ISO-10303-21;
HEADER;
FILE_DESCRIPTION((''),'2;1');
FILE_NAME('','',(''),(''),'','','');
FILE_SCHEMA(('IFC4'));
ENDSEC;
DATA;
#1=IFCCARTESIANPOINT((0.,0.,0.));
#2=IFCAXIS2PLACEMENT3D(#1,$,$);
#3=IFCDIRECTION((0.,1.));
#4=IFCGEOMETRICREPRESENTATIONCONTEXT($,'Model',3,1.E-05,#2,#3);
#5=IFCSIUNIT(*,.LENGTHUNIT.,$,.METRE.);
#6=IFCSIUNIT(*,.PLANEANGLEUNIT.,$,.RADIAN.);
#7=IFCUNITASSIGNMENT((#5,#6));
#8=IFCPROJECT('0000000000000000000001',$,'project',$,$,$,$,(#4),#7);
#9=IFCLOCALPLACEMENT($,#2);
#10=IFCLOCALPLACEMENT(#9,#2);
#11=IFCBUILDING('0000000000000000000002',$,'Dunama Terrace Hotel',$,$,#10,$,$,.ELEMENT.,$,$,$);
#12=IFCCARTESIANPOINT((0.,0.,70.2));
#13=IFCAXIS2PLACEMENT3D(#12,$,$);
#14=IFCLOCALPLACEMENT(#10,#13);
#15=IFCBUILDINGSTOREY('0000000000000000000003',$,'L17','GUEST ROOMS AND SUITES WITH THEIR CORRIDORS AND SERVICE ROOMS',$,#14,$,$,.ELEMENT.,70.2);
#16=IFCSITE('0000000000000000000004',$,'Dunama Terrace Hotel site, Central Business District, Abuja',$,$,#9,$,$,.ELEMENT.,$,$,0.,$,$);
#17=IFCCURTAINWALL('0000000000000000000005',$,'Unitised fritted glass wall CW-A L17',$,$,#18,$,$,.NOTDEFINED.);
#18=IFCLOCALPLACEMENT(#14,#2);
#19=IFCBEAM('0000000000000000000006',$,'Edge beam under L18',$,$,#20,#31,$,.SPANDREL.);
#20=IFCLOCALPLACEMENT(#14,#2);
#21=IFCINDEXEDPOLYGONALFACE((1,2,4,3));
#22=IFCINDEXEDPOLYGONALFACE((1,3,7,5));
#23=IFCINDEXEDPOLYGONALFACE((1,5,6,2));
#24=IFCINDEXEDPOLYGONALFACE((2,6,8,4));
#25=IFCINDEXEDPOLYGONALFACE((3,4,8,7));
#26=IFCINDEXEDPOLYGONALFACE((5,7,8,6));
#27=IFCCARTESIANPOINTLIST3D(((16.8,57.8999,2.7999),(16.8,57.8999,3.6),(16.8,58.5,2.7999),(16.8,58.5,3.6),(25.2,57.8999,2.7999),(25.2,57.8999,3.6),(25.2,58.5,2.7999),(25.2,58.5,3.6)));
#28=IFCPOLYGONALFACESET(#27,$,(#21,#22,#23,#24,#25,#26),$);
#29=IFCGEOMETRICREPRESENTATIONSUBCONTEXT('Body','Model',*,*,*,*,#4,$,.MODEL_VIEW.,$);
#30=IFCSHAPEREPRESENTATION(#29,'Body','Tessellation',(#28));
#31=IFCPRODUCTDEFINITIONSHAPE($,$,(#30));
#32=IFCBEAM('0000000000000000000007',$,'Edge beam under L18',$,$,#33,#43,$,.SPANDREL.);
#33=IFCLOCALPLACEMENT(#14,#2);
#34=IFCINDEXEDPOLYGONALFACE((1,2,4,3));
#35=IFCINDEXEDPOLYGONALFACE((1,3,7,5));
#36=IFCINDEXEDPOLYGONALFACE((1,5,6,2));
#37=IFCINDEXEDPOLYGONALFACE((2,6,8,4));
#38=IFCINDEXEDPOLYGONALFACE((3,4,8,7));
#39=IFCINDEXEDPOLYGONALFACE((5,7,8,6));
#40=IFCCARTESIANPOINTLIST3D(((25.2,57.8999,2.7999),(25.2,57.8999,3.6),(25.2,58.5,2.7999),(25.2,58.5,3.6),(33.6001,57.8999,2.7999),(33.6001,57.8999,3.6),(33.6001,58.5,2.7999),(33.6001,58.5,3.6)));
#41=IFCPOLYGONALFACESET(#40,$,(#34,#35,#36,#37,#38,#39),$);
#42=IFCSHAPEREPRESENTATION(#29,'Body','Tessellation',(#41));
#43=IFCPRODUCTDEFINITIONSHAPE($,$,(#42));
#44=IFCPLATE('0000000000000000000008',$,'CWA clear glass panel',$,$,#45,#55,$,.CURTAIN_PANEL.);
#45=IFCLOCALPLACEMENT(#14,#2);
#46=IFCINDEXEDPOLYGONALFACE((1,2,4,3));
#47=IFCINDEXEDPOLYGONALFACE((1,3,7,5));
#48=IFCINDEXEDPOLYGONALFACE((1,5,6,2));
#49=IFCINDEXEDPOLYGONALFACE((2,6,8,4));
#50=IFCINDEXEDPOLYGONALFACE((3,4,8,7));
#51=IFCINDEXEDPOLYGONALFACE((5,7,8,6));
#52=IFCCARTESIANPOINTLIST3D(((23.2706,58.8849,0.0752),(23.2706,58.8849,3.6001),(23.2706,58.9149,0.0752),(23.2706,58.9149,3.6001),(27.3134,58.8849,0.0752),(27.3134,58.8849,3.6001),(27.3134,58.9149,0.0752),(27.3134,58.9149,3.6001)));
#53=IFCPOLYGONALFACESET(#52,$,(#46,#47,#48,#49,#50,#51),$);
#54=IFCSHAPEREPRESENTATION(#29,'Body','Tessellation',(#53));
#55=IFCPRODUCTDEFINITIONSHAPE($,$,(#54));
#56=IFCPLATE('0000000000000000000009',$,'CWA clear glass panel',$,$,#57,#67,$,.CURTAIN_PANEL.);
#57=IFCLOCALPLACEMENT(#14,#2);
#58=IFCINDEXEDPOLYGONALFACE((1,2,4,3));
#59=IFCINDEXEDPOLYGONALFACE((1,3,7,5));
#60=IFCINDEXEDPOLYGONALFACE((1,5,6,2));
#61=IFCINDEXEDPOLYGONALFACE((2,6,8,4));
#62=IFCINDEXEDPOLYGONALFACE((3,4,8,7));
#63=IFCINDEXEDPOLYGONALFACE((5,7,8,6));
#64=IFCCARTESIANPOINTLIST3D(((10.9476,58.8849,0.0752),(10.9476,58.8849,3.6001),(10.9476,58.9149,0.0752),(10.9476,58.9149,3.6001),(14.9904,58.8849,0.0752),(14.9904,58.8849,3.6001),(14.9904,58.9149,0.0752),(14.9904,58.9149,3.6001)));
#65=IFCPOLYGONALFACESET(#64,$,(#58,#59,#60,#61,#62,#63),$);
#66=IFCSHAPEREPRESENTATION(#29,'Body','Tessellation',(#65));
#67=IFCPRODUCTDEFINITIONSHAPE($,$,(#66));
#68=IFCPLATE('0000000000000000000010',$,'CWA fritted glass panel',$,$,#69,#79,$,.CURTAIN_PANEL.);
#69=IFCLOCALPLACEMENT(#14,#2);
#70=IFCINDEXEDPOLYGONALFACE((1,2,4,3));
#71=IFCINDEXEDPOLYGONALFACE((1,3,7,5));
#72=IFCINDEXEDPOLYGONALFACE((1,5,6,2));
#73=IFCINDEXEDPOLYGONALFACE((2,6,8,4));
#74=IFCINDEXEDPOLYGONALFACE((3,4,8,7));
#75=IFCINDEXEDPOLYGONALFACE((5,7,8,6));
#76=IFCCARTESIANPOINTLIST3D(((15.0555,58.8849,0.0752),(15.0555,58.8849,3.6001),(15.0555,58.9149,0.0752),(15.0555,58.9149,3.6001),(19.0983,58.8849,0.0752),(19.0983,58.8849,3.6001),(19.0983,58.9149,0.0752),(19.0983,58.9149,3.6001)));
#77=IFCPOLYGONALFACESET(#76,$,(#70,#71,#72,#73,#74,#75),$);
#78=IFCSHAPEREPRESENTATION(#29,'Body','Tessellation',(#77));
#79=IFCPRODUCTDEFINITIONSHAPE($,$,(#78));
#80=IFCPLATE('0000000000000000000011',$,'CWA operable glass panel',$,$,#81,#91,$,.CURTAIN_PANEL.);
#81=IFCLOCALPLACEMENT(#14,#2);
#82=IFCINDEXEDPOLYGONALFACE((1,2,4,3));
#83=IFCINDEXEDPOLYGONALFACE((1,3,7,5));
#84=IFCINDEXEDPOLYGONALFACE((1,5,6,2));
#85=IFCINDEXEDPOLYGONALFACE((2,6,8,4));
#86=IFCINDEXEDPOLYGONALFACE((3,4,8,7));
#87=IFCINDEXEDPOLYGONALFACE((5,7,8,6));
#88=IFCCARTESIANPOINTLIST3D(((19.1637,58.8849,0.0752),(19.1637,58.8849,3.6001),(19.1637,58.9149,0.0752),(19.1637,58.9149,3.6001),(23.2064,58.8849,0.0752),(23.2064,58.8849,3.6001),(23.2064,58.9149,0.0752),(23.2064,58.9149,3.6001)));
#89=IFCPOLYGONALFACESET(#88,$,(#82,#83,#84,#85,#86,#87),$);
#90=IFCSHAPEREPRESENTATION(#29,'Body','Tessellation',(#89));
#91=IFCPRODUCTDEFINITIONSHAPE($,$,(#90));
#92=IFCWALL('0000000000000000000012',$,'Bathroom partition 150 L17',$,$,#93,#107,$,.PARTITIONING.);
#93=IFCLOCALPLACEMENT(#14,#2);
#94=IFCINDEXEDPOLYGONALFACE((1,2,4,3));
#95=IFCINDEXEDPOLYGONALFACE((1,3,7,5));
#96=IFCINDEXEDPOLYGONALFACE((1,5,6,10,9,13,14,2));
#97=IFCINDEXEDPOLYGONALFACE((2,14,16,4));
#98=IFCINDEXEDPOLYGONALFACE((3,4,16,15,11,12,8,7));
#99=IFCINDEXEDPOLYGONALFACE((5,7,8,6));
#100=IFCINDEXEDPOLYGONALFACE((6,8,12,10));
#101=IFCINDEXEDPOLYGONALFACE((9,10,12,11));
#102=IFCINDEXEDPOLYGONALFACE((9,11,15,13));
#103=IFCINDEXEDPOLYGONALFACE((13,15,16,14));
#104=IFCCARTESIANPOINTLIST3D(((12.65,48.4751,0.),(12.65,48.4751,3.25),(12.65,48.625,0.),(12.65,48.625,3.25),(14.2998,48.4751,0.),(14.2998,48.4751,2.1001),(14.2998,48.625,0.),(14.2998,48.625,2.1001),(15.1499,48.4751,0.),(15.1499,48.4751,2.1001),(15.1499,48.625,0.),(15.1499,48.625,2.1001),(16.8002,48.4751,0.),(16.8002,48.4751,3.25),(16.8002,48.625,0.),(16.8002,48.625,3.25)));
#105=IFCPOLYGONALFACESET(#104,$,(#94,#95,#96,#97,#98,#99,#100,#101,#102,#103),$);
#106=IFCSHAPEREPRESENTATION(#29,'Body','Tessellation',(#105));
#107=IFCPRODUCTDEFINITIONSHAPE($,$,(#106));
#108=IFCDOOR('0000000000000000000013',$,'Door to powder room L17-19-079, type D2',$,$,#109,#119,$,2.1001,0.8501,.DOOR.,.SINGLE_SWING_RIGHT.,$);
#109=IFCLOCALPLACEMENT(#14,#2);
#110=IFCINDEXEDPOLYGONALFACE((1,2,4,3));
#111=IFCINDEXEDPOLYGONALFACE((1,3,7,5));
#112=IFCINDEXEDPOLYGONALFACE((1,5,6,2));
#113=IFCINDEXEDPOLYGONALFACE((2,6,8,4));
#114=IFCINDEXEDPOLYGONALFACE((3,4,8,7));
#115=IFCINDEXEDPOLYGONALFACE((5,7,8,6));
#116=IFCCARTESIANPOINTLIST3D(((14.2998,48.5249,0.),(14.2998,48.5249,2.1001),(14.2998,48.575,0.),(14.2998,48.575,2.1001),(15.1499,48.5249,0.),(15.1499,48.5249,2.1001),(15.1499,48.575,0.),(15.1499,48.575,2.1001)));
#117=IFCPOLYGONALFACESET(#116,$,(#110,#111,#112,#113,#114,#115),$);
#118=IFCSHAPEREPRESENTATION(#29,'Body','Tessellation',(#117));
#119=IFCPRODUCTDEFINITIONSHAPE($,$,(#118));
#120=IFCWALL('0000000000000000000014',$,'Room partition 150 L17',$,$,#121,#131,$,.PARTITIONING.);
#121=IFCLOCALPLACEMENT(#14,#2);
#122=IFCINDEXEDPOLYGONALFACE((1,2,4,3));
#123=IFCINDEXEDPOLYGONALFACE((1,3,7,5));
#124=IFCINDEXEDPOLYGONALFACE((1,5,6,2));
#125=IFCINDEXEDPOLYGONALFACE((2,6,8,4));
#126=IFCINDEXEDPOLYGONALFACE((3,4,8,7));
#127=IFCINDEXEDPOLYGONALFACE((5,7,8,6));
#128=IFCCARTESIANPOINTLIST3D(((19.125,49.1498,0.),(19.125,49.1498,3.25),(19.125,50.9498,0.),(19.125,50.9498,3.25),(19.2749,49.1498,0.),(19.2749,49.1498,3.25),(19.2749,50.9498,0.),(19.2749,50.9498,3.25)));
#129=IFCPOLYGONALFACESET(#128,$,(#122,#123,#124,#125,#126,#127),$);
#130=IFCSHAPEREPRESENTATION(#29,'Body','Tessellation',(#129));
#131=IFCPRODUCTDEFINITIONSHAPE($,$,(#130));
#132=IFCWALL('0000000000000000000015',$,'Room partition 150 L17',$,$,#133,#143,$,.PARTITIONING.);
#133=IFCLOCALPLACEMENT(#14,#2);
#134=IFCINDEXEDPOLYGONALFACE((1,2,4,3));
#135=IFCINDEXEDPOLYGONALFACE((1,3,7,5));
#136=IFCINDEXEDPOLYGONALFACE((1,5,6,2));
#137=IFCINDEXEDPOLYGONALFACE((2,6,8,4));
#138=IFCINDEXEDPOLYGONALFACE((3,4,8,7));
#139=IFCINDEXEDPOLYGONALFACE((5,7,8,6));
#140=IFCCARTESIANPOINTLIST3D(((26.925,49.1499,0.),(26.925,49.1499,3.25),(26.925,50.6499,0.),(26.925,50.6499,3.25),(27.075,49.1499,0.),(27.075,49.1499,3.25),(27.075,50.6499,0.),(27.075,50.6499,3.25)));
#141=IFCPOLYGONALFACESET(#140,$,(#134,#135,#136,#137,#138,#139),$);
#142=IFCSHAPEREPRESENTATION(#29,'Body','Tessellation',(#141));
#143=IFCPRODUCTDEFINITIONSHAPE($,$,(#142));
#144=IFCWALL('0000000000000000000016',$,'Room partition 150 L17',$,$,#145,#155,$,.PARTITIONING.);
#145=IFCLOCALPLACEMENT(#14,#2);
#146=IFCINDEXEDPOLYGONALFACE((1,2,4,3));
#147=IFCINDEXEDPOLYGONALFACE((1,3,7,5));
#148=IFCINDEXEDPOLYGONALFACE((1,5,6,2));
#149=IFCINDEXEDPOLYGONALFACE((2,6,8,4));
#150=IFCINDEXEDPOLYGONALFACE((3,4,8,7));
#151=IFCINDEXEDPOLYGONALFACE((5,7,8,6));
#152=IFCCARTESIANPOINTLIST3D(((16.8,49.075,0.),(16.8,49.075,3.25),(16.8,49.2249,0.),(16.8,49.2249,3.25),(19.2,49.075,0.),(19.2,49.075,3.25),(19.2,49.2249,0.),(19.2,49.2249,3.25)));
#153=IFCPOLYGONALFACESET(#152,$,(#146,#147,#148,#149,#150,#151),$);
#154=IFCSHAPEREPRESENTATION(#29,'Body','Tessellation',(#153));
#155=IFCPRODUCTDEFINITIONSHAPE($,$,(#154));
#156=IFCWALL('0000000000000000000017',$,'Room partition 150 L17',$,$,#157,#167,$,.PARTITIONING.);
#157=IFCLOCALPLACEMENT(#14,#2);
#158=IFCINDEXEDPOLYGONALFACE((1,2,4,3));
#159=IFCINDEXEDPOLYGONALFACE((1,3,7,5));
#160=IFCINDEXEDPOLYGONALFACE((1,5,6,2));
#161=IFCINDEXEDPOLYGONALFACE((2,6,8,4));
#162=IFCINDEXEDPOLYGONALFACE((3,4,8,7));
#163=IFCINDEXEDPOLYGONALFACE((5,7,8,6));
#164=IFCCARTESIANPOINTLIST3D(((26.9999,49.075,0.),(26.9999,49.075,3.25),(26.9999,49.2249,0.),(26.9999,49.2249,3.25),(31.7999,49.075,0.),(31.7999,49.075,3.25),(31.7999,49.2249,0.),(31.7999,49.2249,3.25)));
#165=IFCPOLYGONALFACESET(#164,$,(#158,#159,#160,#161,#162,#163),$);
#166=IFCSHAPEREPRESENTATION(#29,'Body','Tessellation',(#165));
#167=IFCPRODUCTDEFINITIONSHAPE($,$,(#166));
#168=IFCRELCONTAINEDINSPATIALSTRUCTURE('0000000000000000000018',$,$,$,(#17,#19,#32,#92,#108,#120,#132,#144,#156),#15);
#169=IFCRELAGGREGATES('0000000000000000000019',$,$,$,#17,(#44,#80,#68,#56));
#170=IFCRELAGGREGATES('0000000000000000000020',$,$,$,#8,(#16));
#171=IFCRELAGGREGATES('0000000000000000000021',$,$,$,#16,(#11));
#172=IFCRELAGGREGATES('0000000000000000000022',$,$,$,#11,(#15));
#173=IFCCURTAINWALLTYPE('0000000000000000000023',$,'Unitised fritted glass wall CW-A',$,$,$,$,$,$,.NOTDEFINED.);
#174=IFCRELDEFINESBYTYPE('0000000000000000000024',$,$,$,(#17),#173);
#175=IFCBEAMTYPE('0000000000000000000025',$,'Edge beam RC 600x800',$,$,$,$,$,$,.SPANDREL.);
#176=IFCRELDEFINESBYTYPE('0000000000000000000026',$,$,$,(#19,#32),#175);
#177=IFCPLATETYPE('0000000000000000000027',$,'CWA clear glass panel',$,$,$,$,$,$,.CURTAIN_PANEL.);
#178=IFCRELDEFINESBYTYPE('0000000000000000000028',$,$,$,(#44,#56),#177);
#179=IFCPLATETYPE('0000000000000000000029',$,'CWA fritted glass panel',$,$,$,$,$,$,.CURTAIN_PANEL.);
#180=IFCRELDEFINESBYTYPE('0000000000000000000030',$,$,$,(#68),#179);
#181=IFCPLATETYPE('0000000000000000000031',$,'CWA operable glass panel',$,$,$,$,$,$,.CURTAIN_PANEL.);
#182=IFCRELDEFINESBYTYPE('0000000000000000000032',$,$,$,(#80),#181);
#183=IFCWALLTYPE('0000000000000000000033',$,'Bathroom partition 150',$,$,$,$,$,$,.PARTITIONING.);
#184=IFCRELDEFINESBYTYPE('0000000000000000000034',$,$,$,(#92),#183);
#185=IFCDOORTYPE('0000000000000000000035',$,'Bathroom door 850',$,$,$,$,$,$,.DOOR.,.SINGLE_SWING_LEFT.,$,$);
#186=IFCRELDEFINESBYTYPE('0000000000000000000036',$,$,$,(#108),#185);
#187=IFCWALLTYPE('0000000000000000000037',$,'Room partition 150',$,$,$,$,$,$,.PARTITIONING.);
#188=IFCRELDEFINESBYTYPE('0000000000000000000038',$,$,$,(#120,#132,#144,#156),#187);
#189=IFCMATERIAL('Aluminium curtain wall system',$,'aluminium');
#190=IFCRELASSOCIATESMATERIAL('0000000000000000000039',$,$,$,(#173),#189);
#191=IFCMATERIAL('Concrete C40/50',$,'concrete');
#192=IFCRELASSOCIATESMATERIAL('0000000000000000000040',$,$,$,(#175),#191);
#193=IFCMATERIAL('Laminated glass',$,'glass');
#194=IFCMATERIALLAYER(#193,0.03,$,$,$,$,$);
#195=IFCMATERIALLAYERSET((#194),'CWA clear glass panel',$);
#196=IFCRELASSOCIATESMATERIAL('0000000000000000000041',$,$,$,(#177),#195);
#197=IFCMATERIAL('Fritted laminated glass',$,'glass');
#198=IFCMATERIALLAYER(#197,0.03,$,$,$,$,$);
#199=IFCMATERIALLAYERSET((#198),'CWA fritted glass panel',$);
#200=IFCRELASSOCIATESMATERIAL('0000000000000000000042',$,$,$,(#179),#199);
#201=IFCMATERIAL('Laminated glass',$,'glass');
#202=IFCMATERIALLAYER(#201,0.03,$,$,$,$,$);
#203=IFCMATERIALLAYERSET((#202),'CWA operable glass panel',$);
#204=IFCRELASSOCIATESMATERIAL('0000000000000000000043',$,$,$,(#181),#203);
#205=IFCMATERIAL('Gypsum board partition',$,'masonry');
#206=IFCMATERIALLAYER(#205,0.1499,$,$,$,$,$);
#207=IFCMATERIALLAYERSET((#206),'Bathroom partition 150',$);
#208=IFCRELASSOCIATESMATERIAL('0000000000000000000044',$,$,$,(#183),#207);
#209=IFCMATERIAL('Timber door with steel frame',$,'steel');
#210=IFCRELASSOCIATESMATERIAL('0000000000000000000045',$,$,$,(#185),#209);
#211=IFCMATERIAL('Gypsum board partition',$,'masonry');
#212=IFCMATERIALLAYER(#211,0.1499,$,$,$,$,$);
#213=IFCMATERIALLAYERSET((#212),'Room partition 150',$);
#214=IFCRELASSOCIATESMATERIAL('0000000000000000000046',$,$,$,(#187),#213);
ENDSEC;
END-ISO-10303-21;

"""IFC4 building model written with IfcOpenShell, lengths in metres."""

from ifc_helpers import new_model, si_unit, direction, frame, frame_2d, origin, origin_2d, place, context, subcontext, project, spatial, rectangle, extrude, material, layer, layer_set, material_profile, profile_set, type_object, element, fill, aggregate, save


model = new_model("IFC4")

# Units and contexts
model_context = context("Model", 3, precision=1e-05, world=origin(), true_north=direction((0.0, 1.0)))
body_context = subcontext(model_context, "Body", "Model", "MODEL_VIEW")
ifc_project = project(units=[si_unit("LENGTHUNIT", "METRE"), si_unit("PLANEANGLEUNIT", "RADIAN")], contexts=[model_context])

# Site, building, storey
site_placement = place(None, origin())
site = spatial("IfcSite", under=ifc_project, at=site_placement, Name="Dunama Terrace Hotel site, Central Business District, Abuja", CompositionType="ELEMENT", RefElevation=0.0)
building_placement = place(site_placement, origin())
building = spatial("IfcBuilding", under=site, at=building_placement, Name="Dunama Terrace Hotel", CompositionType="ELEMENT")
storey_placement = place(building_placement, frame((0.0, 0.0, 70.2)))
storey = spatial("IfcBuildingStorey", under=building, at=storey_placement, Name="L17", Description="GUEST ROOMS AND SUITES WITH THEIR CORRIDORS AND SERVICE ROOMS", CompositionType="ELEMENT", Elevation=70.2)

# Curtain wall
ifc_material_1 = material(Name="Aluminium curtain wall system", Category="aluminium")
curtain_wall_type = type_object("IfcCurtainWallType", Name="Unitised fritted glass wall CW-A", PredefinedType="NOTDEFINED", material=ifc_material_1)
curtain_wall_placement = place(storey_placement, origin())
curtain_wall = element("IfcCurtainWall", 1, at=curtain_wall_placement, inside=storey, type_object=curtain_wall_type, Name="Unitised fritted glass wall CW-A L17", PredefinedType="NOTDEFINED")

# Beams
ifc_material_2 = material(Name="Concrete C40/50", Category="concrete")
ifc_material_profile_1 = material_profile(ifc_material_2, rectangle(XDim=0.6001, YDim=0.8, at=origin_2d()), Name="RC 600x800")
ifc_profile_set_1 = profile_set([ifc_material_profile_1], Name="Concrete C40/50")
beam_type = type_object("IfcBeamType", Name="Edge beam RC 600x800", PredefinedType="SPANDREL", material=ifc_profile_set_1)
beam_1_placement = place(storey_placement, frame((16.8, 58.2, 3.2), z_axis=(1.0, 0.0, 0.0), x_axis=(0.0, 1.0, 0.0)))
element("IfcBeam", 2, at=beam_1_placement, inside=storey, type_object=beam_type, Name="Edge beam under L18", PredefinedType="SPANDREL", context=body_context, shape_type="SweptSolid", body=[
    extrude(rectangle(XDim=0.6001, YDim=0.8, at=origin_2d()), origin(), (0.0, 0.0, 1.0), 8.3999),
])
beam_2_placement = place(storey_placement, frame((25.2, 58.2, 3.2), z_axis=(1.0, 0.0, 0.0), x_axis=(0.0, 1.0, 0.0)))
element("IfcBeam", 3, at=beam_2_placement, inside=storey, type_object=beam_type, Name="Edge beam under L18", PredefinedType="SPANDREL", context=body_context, shape_type="SweptSolid", body=[
    extrude(rectangle(XDim=0.6001, YDim=0.8, at=origin_2d()), origin(), (0.0, 0.0, 1.0), 8.4001),
])

# Plates
ifc_material_3 = material(Name="Laminated glass", Category="glass")
ifc_layer_1 = layer(ifc_material_3, 0.03)
ifc_layer_set_1 = layer_set([ifc_layer_1], Name="CWA clear glass panel")
plate_type_1 = type_object("IfcPlateType", Name="CWA clear glass panel", PredefinedType="CURTAIN_PANEL", material=ifc_layer_set_1)
plate_1_placement = place(storey_placement, frame((25.292, 58.8999, 0.0752), z_axis=(0.0, 0.0, 1.0), x_axis=(-1.0, 0.0, 0.0)))
plate_1 = element("IfcPlate", 4, at=plate_1_placement, type_object=plate_type_1, Name="CWA clear glass panel", PredefinedType="CURTAIN_PANEL", context=body_context, shape_type="SweptSolid", body=[
    extrude(rectangle(XDim=4.0427, YDim=0.03, at=origin_2d()), origin(), (0.0, 0.0, 1.0), 3.5249),
])
plate_2_placement = place(storey_placement, frame((12.969, 58.8999, 0.0752), z_axis=(0.0, 0.0, 1.0), x_axis=(-1.0, 0.0, 0.0)))
plate_2 = element("IfcPlate", 5, at=plate_2_placement, type_object=plate_type_1, Name="CWA clear glass panel", PredefinedType="CURTAIN_PANEL", context=body_context, shape_type="SweptSolid", body=[
    extrude(rectangle(XDim=4.0427, YDim=0.03, at=origin_2d()), origin(), (0.0, 0.0, 1.0), 3.5249),
])
ifc_material_4 = material(Name="Fritted laminated glass", Category="glass")
ifc_layer_2 = layer(ifc_material_4, 0.03)
ifc_layer_set_2 = layer_set([ifc_layer_2], Name="CWA fritted glass panel")
plate_type_2 = type_object("IfcPlateType", Name="CWA fritted glass panel", PredefinedType="CURTAIN_PANEL", material=ifc_layer_set_2)
plate_3_placement = place(storey_placement, frame((17.0769, 58.8999, 0.0752), z_axis=(0.0, 0.0, 1.0), x_axis=(-1.0, 0.0, 0.0)))
plate_3 = element("IfcPlate", 6, at=plate_3_placement, type_object=plate_type_2, Name="CWA fritted glass panel", PredefinedType="CURTAIN_PANEL", context=body_context, shape_type="SweptSolid", body=[
    extrude(rectangle(XDim=4.0427, YDim=0.03, at=origin_2d()), origin(), (0.0, 0.0, 1.0), 3.5249),
])
ifc_material_5 = material(Name="Laminated glass", Category="glass")
ifc_layer_3 = layer(ifc_material_5, 0.03)
ifc_layer_set_3 = layer_set([ifc_layer_3], Name="CWA operable glass panel")
plate_type_3 = type_object("IfcPlateType", Name="CWA operable glass panel", PredefinedType="CURTAIN_PANEL", material=ifc_layer_set_3)
plate_4_placement = place(storey_placement, frame((21.1851, 58.8999, 0.0752), z_axis=(0.0, 0.0, 1.0), x_axis=(-1.0, 0.0, 0.0)))
plate_4 = element("IfcPlate", 7, at=plate_4_placement, type_object=plate_type_3, Name="CWA operable glass panel", PredefinedType="CURTAIN_PANEL", context=body_context, shape_type="SweptSolid", body=[
    extrude(rectangle(XDim=4.0427, YDim=0.03, at=origin_2d()), origin(), (0.0, 0.0, 1.0), 3.5249),
])
aggregate(curtain_wall, [plate_1, plate_4, plate_3, plate_2])

# Wall, opening, door
ifc_material_6 = material(Name="Gypsum board partition", Category="masonry")
ifc_layer_4 = layer(ifc_material_6, 0.1499)
ifc_layer_set_4 = layer_set([ifc_layer_4], Name="Bathroom partition 150")
wall_type_1 = type_object("IfcWallType", Name="Bathroom partition 150", PredefinedType="PARTITIONING", material=ifc_layer_set_4)
wall_1_placement = place(storey_placement, frame((12.6499, 48.55, 0.0), z_axis=(0.0, 0.0, 1.0), x_axis=(1.0, 0.0, 0.0)))
wall_1 = element("IfcWall", 8, at=wall_1_placement, inside=storey, type_object=wall_type_1, Name="Bathroom partition 150 L17", PredefinedType="PARTITIONING", context=body_context, shape_type="SweptSolid", body=[
    extrude(rectangle(XDim=4.1501, YDim=0.1499, at=frame_2d((2.0752, 0.0))), origin(), (0.0, 0.0, 1.0), 3.25),
])
opening_1_placement = place(wall_1_placement, frame((1.6499, 0.0, 0.0)))
opening_1 = element("IfcOpeningElement", 9, at=opening_1_placement, cuts=wall_1, PredefinedType="OPENING", context=body_context, shape_type="SweptSolid", body=[
    extrude(rectangle(XDim=0.8501, YDim=2.1001, at=frame_2d((0.425, 1.05))), frame((0.0, 0.085, 0.0), z_axis=(0.0, -1.0, 0.0), x_axis=(1.0, 0.0, 0.0)), (0.0, 0.0, 1.0), 0.1699),
])
ifc_material_7 = material(Name="Timber door with steel frame", Category="steel")
door_type_1 = type_object("IfcDoorType", Name="Bathroom door 850", OperationType="SINGLE_SWING_LEFT", PredefinedType="DOOR", material=ifc_material_7)
door_1_placement = place(opening_1_placement, frame((0.8501, 0.0, 0.0), z_axis=(0.0, 0.0, 1.0), x_axis=(-1.0, 0.0, 0.0)))
door_1 = element("IfcDoor", 10, at=door_1_placement, inside=storey, type_object=door_type_1, Name="Door to powder room L17-19-079, type D2", OperationType="SINGLE_SWING_RIGHT", OverallHeight=2.1001, OverallWidth=0.8501, PredefinedType="DOOR", context=body_context, shape_type="SweptSolid", body=[
    extrude(rectangle(XDim=0.8501, YDim=2.1001, at=frame_2d((0.425, 1.05))), frame((0.0, 0.0251, 0.0), z_axis=(0.0, -1.0, 0.0), x_axis=(1.0, 0.0, 0.0)), (0.0, 0.0, 1.0), 0.05),
])
fill(opening_1, door_1)

# Walls
ifc_material_8 = material(Name="Gypsum board partition", Category="masonry")
ifc_layer_5 = layer(ifc_material_8, 0.1499)
ifc_layer_set_5 = layer_set([ifc_layer_5], Name="Room partition 150")
wall_type_2 = type_object("IfcWallType", Name="Room partition 150", PredefinedType="PARTITIONING", material=ifc_layer_set_5)
wall_2_placement = place(storey_placement, frame((19.2, 49.1499, 0.0), z_axis=(0.0, 0.0, 1.0), x_axis=(0.0, 1.0, 0.0)))
element("IfcWall", 11, at=wall_2_placement, inside=storey, type_object=wall_type_2, Name="Room partition 150 L17", PredefinedType="PARTITIONING", context=body_context, shape_type="SweptSolid", body=[
    extrude(rectangle(XDim=1.8, YDim=0.1499, at=frame_2d((0.8999, 0.0))), origin(), (0.0, 0.0, 1.0), 3.25),
])
wall_3_placement = place(storey_placement, frame((27.0, 49.1499, 0.0), z_axis=(0.0, 0.0, 1.0), x_axis=(0.0, 1.0, 0.0)))
element("IfcWall", 12, at=wall_3_placement, inside=storey, type_object=wall_type_2, Name="Room partition 150 L17", PredefinedType="PARTITIONING", context=body_context, shape_type="SweptSolid", body=[
    extrude(rectangle(XDim=1.5, YDim=0.1499, at=frame_2d((0.75, 0.0))), origin(), (0.0, 0.0, 1.0), 3.25),
])
wall_4_placement = place(storey_placement, frame((16.8, 49.1499, 0.0), z_axis=(0.0, 0.0, 1.0), x_axis=(1.0, 0.0, 0.0)))
element("IfcWall", 13, at=wall_4_placement, inside=storey, type_object=wall_type_2, Name="Room partition 150 L17", PredefinedType="PARTITIONING", context=body_context, shape_type="SweptSolid", body=[
    extrude(rectangle(XDim=2.3999, YDim=0.1499, at=frame_2d((1.2, 0.0))), origin(), (0.0, 0.0, 1.0), 3.25),
])
wall_5_placement = place(storey_placement, frame((27.0, 49.1499, 0.0), z_axis=(0.0, 0.0, 1.0), x_axis=(1.0, 0.0, 0.0)))
element("IfcWall", 14, at=wall_5_placement, inside=storey, type_object=wall_type_2, Name="Room partition 150 L17", PredefinedType="PARTITIONING", context=body_context, shape_type="SweptSolid", body=[
    extrude(rectangle(XDim=4.8, YDim=0.1499, at=frame_2d((2.3999, 0.0))), origin(), (0.0, 0.0, 1.0), 3.25),
])

save(model, "model.ifc")
